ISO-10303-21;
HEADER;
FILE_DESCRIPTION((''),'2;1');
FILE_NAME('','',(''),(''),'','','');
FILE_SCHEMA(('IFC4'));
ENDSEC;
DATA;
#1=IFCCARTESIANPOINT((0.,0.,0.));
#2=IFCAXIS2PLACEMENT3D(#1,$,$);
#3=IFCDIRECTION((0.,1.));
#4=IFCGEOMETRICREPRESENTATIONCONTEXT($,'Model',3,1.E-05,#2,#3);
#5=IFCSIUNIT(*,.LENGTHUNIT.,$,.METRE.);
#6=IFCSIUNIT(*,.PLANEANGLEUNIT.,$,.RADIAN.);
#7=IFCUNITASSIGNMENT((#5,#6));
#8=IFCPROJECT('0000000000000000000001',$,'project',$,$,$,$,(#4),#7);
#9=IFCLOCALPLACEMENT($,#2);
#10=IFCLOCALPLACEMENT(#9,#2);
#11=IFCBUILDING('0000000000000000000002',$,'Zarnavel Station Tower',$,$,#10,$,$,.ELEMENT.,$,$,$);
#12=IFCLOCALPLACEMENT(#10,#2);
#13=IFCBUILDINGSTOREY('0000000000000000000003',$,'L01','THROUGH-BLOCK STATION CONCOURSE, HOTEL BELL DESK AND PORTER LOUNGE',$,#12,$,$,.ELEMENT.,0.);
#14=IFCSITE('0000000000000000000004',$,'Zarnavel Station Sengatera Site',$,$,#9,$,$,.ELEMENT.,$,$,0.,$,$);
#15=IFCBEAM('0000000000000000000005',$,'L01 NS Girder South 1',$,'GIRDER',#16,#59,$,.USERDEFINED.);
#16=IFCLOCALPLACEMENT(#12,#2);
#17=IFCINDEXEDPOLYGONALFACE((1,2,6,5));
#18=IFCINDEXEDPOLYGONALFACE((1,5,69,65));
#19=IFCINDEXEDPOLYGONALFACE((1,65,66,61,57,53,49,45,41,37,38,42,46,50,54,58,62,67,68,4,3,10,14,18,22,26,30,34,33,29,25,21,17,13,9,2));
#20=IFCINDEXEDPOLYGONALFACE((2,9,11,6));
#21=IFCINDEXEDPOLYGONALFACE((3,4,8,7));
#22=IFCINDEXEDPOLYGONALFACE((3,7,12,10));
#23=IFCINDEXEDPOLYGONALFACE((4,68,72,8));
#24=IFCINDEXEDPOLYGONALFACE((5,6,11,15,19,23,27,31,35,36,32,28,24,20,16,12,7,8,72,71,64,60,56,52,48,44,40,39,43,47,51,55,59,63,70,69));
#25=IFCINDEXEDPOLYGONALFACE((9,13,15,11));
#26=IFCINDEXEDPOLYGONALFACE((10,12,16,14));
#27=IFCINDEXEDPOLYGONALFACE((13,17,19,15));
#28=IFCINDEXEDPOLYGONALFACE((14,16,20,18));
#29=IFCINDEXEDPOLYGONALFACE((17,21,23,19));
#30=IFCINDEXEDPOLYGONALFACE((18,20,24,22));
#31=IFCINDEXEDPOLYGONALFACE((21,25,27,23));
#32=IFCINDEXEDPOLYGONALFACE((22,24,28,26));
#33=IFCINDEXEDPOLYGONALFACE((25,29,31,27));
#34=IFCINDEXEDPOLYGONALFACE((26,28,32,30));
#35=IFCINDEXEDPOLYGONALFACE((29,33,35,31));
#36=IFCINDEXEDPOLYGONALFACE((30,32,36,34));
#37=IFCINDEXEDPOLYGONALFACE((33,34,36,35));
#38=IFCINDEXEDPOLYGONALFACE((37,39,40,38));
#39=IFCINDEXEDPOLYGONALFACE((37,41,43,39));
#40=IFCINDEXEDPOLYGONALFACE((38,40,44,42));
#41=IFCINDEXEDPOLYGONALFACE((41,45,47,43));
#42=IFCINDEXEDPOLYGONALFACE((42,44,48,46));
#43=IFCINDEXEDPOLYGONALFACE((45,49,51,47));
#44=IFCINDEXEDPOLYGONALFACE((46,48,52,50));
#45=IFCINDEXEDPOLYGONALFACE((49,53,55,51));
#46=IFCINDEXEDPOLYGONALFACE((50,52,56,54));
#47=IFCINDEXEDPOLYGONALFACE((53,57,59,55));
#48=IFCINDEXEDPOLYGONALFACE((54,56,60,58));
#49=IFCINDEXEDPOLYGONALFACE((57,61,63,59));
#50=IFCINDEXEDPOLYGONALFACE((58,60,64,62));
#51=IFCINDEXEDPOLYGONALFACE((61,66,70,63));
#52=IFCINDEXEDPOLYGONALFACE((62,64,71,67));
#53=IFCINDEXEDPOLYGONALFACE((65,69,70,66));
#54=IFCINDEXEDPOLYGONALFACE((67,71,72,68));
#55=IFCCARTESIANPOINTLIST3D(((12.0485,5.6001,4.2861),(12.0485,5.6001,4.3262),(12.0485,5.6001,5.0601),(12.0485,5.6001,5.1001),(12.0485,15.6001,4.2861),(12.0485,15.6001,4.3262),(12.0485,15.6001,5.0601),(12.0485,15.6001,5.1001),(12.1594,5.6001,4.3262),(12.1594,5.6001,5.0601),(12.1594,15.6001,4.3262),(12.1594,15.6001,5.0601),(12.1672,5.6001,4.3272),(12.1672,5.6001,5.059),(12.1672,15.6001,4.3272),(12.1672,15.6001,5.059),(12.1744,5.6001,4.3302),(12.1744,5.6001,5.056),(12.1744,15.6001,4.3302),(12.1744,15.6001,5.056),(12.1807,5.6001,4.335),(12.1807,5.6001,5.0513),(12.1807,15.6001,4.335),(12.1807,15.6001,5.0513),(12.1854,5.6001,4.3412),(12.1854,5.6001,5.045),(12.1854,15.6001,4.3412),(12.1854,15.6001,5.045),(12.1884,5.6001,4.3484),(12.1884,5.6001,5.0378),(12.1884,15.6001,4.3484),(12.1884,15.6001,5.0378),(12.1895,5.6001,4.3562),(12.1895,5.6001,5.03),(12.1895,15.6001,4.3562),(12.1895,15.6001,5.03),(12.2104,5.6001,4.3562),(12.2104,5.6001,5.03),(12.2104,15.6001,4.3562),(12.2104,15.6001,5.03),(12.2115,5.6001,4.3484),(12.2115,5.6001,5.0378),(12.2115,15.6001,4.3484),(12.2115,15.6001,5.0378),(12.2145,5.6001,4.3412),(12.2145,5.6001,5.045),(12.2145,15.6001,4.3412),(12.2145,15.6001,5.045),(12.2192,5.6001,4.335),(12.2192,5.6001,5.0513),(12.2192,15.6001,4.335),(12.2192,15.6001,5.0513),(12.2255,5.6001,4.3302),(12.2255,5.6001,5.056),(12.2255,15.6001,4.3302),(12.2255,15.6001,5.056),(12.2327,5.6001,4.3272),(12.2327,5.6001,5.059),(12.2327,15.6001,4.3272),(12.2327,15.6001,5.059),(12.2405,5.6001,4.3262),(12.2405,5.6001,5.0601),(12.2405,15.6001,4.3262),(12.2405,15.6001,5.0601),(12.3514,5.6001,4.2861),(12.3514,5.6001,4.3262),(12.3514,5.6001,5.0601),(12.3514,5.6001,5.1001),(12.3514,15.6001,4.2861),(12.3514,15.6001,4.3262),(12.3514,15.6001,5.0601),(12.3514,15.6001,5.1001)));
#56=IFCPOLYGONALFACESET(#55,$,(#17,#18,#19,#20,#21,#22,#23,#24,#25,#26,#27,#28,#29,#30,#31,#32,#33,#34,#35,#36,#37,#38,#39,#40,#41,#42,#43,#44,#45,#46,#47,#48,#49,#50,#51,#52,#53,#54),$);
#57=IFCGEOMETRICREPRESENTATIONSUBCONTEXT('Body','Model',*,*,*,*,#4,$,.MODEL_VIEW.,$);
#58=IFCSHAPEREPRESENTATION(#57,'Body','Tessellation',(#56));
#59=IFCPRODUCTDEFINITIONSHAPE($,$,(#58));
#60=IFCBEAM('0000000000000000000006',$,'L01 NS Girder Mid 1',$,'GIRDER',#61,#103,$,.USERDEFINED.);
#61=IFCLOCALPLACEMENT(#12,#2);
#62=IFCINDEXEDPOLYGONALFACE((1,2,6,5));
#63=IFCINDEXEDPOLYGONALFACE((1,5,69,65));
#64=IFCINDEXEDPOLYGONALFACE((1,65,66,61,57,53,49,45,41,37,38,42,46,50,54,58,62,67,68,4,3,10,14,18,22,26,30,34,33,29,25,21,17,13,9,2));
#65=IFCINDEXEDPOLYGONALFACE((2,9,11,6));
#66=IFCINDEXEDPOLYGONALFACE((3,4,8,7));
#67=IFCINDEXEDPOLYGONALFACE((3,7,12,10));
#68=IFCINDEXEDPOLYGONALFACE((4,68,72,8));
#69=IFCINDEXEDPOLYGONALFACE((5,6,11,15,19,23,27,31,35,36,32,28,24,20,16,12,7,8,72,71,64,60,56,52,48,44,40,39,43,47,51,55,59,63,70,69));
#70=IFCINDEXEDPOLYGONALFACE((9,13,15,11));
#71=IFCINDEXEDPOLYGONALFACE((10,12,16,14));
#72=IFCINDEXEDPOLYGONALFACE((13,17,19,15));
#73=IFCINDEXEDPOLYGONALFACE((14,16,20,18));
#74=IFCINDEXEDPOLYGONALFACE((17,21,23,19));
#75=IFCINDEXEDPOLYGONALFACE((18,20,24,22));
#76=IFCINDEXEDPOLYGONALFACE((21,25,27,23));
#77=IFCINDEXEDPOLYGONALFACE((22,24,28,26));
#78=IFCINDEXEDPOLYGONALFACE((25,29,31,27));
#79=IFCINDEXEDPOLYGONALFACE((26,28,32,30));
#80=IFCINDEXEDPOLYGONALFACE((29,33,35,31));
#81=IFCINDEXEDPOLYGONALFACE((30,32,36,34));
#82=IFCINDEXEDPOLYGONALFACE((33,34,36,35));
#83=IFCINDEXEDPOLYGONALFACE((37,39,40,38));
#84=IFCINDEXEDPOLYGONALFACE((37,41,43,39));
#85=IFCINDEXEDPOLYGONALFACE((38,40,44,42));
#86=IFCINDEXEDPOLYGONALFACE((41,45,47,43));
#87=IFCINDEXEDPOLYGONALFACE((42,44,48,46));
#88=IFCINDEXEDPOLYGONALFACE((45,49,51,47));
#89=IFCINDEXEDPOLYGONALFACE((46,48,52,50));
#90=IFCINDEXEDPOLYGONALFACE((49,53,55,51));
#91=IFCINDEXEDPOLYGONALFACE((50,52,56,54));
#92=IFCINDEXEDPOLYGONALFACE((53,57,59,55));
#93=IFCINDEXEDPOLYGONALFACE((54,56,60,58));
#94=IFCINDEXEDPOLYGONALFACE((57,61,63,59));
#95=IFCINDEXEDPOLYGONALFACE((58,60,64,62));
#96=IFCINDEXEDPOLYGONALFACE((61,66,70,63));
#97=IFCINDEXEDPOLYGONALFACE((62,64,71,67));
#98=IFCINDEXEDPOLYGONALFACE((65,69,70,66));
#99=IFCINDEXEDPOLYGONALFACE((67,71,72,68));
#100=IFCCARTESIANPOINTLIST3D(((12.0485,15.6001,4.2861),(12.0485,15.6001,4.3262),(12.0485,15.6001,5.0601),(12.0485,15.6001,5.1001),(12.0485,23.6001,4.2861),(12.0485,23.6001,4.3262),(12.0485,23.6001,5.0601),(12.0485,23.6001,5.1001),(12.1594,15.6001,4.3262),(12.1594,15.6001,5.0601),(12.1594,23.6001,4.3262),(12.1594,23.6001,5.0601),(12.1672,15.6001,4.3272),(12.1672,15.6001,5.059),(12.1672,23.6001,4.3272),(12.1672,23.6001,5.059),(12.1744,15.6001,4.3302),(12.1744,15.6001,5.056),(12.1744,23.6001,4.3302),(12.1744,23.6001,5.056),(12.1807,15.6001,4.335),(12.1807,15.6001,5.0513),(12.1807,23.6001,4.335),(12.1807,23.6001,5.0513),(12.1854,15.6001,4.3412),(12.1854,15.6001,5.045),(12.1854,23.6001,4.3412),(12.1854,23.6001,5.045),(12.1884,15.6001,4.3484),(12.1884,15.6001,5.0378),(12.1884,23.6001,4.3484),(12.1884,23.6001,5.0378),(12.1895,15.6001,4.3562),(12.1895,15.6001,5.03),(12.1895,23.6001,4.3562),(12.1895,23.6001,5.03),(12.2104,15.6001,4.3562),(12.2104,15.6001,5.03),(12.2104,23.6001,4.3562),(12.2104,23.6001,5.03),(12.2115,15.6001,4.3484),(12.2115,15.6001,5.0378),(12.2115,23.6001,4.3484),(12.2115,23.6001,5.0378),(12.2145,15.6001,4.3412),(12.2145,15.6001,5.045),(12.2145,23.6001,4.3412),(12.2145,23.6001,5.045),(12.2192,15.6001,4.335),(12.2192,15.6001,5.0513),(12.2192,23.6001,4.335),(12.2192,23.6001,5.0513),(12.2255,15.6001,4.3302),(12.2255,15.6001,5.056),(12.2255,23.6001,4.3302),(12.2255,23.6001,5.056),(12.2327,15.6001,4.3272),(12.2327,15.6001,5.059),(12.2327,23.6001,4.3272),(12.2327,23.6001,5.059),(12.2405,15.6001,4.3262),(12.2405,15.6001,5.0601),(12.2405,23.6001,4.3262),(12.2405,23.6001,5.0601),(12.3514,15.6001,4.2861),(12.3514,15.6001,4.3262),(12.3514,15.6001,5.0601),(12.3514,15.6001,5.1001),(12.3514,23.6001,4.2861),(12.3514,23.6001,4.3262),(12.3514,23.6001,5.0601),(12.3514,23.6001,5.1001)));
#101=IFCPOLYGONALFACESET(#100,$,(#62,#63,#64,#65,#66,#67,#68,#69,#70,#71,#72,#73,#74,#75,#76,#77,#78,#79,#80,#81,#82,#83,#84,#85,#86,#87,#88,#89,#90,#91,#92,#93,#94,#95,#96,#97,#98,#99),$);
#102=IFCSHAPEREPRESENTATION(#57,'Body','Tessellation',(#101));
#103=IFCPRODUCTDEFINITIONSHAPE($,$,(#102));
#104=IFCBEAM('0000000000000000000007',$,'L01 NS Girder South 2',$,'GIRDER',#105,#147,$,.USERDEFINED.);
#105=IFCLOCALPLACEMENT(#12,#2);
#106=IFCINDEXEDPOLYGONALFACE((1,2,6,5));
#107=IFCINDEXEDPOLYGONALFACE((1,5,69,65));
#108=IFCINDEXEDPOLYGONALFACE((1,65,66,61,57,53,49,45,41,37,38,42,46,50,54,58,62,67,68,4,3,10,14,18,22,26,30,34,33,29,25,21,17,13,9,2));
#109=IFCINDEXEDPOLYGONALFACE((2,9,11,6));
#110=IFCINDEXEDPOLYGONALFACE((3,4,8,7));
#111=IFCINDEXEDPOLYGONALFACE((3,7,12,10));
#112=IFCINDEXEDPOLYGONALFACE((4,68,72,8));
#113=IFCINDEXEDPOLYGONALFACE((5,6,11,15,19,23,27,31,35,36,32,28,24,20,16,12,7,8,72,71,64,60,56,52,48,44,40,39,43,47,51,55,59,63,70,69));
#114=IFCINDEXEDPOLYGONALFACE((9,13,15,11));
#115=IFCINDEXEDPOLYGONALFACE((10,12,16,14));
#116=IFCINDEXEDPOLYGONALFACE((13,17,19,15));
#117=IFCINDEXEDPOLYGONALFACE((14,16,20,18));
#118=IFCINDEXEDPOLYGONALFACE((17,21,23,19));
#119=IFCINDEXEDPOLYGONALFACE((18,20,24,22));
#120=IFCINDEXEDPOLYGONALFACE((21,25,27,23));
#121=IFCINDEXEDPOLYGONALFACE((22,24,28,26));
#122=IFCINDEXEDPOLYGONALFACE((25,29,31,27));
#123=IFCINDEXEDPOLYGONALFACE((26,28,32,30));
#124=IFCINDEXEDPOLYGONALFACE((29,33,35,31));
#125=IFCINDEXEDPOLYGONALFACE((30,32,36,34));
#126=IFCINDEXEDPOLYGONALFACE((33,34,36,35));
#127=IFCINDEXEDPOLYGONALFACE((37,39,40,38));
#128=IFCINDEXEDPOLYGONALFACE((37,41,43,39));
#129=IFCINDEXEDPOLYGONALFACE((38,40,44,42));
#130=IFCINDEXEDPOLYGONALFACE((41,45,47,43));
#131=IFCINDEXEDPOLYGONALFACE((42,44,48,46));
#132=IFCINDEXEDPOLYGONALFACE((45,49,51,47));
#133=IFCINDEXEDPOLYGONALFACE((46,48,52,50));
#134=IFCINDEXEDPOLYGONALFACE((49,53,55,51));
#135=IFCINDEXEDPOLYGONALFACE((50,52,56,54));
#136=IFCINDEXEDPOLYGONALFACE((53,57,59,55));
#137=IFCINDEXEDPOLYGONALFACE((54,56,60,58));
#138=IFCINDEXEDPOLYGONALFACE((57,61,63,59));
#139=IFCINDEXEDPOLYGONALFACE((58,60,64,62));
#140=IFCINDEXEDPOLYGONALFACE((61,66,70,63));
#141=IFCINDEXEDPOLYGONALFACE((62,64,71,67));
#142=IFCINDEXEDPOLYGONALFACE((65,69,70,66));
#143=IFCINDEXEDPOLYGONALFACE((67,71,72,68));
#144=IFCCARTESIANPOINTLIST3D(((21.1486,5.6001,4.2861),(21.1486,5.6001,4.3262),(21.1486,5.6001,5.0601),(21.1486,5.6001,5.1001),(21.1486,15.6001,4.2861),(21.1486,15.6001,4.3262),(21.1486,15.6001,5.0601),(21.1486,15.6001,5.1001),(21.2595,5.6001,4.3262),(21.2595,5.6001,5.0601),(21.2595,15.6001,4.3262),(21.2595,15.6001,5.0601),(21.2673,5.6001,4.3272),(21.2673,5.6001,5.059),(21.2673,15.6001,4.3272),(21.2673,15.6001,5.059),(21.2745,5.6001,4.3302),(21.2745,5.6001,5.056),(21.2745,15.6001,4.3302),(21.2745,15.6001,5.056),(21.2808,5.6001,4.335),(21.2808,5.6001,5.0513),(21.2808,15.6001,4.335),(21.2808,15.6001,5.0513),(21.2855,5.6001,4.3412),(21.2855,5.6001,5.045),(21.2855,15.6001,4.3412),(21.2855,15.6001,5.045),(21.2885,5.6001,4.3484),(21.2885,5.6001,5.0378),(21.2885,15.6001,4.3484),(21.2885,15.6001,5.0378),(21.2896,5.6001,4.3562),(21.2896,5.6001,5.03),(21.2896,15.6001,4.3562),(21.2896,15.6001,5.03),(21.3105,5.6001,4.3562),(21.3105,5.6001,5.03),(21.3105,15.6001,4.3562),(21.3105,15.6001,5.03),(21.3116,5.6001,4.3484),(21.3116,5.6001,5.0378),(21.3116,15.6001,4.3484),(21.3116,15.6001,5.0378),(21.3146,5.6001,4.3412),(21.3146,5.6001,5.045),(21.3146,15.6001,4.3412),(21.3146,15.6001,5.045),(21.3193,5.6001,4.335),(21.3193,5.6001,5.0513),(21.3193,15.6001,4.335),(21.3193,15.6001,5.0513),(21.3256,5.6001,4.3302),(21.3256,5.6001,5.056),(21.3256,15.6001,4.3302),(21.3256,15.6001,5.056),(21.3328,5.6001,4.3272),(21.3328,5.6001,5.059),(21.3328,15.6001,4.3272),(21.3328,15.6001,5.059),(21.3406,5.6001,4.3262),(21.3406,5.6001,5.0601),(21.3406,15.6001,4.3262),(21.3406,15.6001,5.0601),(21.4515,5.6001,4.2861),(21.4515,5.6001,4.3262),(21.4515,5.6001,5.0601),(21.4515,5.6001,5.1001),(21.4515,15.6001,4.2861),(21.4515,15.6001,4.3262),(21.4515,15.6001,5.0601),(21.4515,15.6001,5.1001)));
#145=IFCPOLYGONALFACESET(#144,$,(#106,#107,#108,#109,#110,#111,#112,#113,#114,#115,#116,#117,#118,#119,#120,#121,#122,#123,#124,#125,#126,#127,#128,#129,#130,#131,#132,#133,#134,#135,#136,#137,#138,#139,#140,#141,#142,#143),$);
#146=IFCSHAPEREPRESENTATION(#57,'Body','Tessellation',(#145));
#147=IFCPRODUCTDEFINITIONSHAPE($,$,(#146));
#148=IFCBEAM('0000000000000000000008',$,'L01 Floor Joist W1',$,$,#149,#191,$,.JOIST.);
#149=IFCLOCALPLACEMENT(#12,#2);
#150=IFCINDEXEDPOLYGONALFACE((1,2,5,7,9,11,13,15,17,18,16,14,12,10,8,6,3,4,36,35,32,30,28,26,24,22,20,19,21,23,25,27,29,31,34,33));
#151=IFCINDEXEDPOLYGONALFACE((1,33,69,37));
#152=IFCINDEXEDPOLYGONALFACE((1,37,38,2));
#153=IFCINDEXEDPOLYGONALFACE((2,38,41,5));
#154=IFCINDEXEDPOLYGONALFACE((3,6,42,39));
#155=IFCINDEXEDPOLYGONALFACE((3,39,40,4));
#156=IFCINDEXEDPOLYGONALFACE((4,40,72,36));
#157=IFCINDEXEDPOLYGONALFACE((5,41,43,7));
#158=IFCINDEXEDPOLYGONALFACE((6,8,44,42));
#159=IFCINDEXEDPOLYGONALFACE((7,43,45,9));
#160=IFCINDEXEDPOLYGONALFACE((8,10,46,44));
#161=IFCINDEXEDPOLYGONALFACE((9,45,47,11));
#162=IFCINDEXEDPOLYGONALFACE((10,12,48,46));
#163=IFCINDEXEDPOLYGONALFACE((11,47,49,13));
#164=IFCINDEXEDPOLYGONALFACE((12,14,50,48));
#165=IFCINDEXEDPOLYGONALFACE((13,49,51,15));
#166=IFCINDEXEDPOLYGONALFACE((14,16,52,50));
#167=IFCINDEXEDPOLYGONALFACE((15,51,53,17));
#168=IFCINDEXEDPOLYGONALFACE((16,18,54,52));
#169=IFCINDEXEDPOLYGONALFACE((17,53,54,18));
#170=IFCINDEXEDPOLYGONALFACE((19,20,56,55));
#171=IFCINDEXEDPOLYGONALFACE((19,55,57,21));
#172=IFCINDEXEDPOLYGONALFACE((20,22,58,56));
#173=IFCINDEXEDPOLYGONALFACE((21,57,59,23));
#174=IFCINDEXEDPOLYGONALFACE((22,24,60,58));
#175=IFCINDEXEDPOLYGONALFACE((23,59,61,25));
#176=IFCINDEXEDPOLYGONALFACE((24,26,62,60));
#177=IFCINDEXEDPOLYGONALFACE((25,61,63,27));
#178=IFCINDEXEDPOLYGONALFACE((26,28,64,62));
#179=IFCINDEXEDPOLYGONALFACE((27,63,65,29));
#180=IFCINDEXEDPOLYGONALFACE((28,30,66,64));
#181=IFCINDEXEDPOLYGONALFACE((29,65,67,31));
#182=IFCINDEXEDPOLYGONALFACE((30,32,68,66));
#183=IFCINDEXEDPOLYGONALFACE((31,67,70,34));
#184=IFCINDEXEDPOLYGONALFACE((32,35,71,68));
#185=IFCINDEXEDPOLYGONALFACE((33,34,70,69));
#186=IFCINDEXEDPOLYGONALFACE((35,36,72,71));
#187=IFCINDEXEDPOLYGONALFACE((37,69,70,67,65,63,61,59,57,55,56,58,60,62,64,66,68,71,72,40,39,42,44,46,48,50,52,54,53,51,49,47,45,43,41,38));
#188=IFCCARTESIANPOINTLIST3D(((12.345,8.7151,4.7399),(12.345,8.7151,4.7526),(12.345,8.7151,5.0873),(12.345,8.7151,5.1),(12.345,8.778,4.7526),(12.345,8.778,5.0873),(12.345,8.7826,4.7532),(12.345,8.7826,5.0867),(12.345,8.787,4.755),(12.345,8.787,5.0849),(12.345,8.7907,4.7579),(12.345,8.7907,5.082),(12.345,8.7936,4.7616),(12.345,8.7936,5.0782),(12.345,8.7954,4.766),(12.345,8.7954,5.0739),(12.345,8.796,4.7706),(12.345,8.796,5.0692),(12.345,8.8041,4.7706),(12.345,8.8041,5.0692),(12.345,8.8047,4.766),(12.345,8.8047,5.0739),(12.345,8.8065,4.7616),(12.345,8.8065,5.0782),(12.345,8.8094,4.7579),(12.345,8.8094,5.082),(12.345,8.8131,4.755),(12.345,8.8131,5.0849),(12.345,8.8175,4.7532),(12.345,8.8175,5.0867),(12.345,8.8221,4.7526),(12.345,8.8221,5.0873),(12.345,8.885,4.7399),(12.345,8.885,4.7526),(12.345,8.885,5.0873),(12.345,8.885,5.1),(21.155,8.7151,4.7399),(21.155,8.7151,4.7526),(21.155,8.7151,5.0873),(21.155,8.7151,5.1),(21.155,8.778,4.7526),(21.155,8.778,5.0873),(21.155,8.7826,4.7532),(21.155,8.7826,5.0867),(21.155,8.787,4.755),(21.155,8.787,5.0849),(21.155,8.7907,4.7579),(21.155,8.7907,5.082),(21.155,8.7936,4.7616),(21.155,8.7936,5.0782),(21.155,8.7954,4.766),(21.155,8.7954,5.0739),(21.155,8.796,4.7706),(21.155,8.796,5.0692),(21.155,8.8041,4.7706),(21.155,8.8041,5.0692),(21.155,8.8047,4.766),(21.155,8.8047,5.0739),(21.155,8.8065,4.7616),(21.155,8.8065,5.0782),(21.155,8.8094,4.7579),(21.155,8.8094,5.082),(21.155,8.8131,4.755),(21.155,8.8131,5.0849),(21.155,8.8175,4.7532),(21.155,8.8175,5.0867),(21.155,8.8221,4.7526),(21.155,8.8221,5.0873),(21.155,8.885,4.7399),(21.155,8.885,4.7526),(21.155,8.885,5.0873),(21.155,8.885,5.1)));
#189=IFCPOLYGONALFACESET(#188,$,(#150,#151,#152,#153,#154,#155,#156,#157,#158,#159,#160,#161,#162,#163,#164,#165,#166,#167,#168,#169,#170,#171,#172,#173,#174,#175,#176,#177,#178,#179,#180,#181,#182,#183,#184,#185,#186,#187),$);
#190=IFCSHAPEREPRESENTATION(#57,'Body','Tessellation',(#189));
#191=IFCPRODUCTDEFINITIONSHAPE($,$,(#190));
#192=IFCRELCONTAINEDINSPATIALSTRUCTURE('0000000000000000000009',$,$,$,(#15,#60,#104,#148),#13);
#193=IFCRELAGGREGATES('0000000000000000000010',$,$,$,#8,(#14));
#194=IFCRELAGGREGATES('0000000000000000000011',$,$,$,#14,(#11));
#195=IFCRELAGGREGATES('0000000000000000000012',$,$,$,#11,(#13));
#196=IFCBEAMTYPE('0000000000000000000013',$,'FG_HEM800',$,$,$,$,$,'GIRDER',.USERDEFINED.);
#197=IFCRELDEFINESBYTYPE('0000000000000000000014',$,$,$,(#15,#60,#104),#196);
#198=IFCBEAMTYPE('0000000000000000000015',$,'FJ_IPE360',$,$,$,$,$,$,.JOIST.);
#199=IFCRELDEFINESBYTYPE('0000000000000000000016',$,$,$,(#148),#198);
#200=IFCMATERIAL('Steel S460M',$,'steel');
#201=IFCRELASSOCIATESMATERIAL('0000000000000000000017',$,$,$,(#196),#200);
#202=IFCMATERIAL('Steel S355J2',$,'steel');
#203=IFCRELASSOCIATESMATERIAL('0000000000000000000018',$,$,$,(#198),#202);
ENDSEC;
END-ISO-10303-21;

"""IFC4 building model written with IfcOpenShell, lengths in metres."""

from ifc_helpers import new_model, si_unit, direction, frame, origin, origin_2d, place, context, subcontext, project, spatial, i_section, extrude, material, material_profile, profile_set, type_object, element, save


model = new_model("IFC4")

# Units and contexts
model_context = context("Model", 3, precision=1e-05, world=origin(), true_north=direction((0.0, 1.0)))
body_context = subcontext(model_context, "Body", "Model", "MODEL_VIEW")
ifc_project = project(units=[si_unit("LENGTHUNIT", "METRE"), si_unit("PLANEANGLEUNIT", "RADIAN")], contexts=[model_context])

# Site, building, storey
site_placement = place(None, origin())
site = spatial("IfcSite", under=ifc_project, at=site_placement, Name="Zarnavel Station Sengatera Site", CompositionType="ELEMENT", RefElevation=0.0)
building_placement = place(site_placement, origin())
building = spatial("IfcBuilding", under=site, at=building_placement, Name="Zarnavel Station Tower", CompositionType="ELEMENT")
storey_placement = place(building_placement, origin())
storey = spatial("IfcBuildingStorey", under=building, at=storey_placement, Name="L01", Description="THROUGH-BLOCK STATION CONCOURSE, HOTEL BELL DESK AND PORTER LOUNGE", CompositionType="ELEMENT", Elevation=0.0)

# Beams
ifc_material_1 = material(Name="Steel S460M", Category="steel")
ifc_material_profile_1 = material_profile(ifc_material_1, i_section(OverallWidth=0.303, OverallDepth=0.814, WebThickness=0.021, FlangeThickness=0.04, FilletRadius=0.03, at=origin_2d()), Name="HEM800")
ifc_profile_set_1 = profile_set([ifc_material_profile_1], Name="Steel S460M")
beam_type_1 = type_object("IfcBeamType", Name="FG_HEM800", ElementType="GIRDER", PredefinedType="USERDEFINED", material=ifc_profile_set_1)
beam_1_placement = place(storey_placement, frame((12.2, 5.6001, 4.6931), z_axis=(0.0, 1.0, 0.0), x_axis=(-1.0, 0.0, 0.0)))
element("IfcBeam", 1, at=beam_1_placement, inside=storey, type_object=beam_type_1, Name="L01 NS Girder South 1", ObjectType="GIRDER", PredefinedType="USERDEFINED", context=body_context, shape_type="SweptSolid", body=[
    extrude(i_section(OverallWidth=0.303, OverallDepth=0.814, WebThickness=0.021, FlangeThickness=0.04, FilletRadius=0.03, at=origin_2d()), origin(), (0.0, 0.0, 1.0), 10.0),
])
beam_2_placement = place(storey_placement, frame((12.2, 15.6001, 4.6931), z_axis=(0.0, 1.0, 0.0), x_axis=(-1.0, 0.0, 0.0)))
element("IfcBeam", 2, at=beam_2_placement, inside=storey, type_object=beam_type_1, Name="L01 NS Girder Mid 1", ObjectType="GIRDER", PredefinedType="USERDEFINED", context=body_context, shape_type="SweptSolid", body=[
    extrude(i_section(OverallWidth=0.303, OverallDepth=0.814, WebThickness=0.021, FlangeThickness=0.04, FilletRadius=0.03, at=origin_2d()), origin(), (0.0, 0.0, 1.0), 8.0),
])
beam_3_placement = place(storey_placement, frame((21.3, 5.6001, 4.6931), z_axis=(0.0, 1.0, 0.0), x_axis=(-1.0, 0.0, 0.0)))
element("IfcBeam", 3, at=beam_3_placement, inside=storey, type_object=beam_type_1, Name="L01 NS Girder South 2", ObjectType="GIRDER", PredefinedType="USERDEFINED", context=body_context, shape_type="SweptSolid", body=[
    extrude(i_section(OverallWidth=0.303, OverallDepth=0.814, WebThickness=0.021, FlangeThickness=0.04, FilletRadius=0.03, at=origin_2d()), origin(), (0.0, 0.0, 1.0), 10.0),
])
ifc_material_2 = material(Name="Steel S355J2", Category="steel")
ifc_material_profile_2 = material_profile(ifc_material_2, i_section(OverallWidth=0.1699, OverallDepth=0.3601, WebThickness=0.0081, FlangeThickness=0.0127, FilletRadius=0.0181, at=origin_2d()), Name="IPE360")
ifc_profile_set_2 = profile_set([ifc_material_profile_2], Name="Steel S355J2")
beam_type_2 = type_object("IfcBeamType", Name="FJ_IPE360", PredefinedType="JOIST", material=ifc_profile_set_2)
beam_4_placement = place(storey_placement, frame((12.345, 8.8, 4.9199), z_axis=(1.0, 0.0, 0.0), x_axis=(0.0, 1.0, 0.0)))
element("IfcBeam", 4, at=beam_4_placement, inside=storey, type_object=beam_type_2, Name="L01 Floor Joist W1", PredefinedType="JOIST", context=body_context, shape_type="SweptSolid", body=[
    extrude(i_section(OverallWidth=0.1699, OverallDepth=0.3601, WebThickness=0.0081, FlangeThickness=0.0127, FilletRadius=0.0181, at=origin_2d()), origin(), (0.0, 0.0, 1.0), 8.8101),
])

save(model, "model.ifc")
